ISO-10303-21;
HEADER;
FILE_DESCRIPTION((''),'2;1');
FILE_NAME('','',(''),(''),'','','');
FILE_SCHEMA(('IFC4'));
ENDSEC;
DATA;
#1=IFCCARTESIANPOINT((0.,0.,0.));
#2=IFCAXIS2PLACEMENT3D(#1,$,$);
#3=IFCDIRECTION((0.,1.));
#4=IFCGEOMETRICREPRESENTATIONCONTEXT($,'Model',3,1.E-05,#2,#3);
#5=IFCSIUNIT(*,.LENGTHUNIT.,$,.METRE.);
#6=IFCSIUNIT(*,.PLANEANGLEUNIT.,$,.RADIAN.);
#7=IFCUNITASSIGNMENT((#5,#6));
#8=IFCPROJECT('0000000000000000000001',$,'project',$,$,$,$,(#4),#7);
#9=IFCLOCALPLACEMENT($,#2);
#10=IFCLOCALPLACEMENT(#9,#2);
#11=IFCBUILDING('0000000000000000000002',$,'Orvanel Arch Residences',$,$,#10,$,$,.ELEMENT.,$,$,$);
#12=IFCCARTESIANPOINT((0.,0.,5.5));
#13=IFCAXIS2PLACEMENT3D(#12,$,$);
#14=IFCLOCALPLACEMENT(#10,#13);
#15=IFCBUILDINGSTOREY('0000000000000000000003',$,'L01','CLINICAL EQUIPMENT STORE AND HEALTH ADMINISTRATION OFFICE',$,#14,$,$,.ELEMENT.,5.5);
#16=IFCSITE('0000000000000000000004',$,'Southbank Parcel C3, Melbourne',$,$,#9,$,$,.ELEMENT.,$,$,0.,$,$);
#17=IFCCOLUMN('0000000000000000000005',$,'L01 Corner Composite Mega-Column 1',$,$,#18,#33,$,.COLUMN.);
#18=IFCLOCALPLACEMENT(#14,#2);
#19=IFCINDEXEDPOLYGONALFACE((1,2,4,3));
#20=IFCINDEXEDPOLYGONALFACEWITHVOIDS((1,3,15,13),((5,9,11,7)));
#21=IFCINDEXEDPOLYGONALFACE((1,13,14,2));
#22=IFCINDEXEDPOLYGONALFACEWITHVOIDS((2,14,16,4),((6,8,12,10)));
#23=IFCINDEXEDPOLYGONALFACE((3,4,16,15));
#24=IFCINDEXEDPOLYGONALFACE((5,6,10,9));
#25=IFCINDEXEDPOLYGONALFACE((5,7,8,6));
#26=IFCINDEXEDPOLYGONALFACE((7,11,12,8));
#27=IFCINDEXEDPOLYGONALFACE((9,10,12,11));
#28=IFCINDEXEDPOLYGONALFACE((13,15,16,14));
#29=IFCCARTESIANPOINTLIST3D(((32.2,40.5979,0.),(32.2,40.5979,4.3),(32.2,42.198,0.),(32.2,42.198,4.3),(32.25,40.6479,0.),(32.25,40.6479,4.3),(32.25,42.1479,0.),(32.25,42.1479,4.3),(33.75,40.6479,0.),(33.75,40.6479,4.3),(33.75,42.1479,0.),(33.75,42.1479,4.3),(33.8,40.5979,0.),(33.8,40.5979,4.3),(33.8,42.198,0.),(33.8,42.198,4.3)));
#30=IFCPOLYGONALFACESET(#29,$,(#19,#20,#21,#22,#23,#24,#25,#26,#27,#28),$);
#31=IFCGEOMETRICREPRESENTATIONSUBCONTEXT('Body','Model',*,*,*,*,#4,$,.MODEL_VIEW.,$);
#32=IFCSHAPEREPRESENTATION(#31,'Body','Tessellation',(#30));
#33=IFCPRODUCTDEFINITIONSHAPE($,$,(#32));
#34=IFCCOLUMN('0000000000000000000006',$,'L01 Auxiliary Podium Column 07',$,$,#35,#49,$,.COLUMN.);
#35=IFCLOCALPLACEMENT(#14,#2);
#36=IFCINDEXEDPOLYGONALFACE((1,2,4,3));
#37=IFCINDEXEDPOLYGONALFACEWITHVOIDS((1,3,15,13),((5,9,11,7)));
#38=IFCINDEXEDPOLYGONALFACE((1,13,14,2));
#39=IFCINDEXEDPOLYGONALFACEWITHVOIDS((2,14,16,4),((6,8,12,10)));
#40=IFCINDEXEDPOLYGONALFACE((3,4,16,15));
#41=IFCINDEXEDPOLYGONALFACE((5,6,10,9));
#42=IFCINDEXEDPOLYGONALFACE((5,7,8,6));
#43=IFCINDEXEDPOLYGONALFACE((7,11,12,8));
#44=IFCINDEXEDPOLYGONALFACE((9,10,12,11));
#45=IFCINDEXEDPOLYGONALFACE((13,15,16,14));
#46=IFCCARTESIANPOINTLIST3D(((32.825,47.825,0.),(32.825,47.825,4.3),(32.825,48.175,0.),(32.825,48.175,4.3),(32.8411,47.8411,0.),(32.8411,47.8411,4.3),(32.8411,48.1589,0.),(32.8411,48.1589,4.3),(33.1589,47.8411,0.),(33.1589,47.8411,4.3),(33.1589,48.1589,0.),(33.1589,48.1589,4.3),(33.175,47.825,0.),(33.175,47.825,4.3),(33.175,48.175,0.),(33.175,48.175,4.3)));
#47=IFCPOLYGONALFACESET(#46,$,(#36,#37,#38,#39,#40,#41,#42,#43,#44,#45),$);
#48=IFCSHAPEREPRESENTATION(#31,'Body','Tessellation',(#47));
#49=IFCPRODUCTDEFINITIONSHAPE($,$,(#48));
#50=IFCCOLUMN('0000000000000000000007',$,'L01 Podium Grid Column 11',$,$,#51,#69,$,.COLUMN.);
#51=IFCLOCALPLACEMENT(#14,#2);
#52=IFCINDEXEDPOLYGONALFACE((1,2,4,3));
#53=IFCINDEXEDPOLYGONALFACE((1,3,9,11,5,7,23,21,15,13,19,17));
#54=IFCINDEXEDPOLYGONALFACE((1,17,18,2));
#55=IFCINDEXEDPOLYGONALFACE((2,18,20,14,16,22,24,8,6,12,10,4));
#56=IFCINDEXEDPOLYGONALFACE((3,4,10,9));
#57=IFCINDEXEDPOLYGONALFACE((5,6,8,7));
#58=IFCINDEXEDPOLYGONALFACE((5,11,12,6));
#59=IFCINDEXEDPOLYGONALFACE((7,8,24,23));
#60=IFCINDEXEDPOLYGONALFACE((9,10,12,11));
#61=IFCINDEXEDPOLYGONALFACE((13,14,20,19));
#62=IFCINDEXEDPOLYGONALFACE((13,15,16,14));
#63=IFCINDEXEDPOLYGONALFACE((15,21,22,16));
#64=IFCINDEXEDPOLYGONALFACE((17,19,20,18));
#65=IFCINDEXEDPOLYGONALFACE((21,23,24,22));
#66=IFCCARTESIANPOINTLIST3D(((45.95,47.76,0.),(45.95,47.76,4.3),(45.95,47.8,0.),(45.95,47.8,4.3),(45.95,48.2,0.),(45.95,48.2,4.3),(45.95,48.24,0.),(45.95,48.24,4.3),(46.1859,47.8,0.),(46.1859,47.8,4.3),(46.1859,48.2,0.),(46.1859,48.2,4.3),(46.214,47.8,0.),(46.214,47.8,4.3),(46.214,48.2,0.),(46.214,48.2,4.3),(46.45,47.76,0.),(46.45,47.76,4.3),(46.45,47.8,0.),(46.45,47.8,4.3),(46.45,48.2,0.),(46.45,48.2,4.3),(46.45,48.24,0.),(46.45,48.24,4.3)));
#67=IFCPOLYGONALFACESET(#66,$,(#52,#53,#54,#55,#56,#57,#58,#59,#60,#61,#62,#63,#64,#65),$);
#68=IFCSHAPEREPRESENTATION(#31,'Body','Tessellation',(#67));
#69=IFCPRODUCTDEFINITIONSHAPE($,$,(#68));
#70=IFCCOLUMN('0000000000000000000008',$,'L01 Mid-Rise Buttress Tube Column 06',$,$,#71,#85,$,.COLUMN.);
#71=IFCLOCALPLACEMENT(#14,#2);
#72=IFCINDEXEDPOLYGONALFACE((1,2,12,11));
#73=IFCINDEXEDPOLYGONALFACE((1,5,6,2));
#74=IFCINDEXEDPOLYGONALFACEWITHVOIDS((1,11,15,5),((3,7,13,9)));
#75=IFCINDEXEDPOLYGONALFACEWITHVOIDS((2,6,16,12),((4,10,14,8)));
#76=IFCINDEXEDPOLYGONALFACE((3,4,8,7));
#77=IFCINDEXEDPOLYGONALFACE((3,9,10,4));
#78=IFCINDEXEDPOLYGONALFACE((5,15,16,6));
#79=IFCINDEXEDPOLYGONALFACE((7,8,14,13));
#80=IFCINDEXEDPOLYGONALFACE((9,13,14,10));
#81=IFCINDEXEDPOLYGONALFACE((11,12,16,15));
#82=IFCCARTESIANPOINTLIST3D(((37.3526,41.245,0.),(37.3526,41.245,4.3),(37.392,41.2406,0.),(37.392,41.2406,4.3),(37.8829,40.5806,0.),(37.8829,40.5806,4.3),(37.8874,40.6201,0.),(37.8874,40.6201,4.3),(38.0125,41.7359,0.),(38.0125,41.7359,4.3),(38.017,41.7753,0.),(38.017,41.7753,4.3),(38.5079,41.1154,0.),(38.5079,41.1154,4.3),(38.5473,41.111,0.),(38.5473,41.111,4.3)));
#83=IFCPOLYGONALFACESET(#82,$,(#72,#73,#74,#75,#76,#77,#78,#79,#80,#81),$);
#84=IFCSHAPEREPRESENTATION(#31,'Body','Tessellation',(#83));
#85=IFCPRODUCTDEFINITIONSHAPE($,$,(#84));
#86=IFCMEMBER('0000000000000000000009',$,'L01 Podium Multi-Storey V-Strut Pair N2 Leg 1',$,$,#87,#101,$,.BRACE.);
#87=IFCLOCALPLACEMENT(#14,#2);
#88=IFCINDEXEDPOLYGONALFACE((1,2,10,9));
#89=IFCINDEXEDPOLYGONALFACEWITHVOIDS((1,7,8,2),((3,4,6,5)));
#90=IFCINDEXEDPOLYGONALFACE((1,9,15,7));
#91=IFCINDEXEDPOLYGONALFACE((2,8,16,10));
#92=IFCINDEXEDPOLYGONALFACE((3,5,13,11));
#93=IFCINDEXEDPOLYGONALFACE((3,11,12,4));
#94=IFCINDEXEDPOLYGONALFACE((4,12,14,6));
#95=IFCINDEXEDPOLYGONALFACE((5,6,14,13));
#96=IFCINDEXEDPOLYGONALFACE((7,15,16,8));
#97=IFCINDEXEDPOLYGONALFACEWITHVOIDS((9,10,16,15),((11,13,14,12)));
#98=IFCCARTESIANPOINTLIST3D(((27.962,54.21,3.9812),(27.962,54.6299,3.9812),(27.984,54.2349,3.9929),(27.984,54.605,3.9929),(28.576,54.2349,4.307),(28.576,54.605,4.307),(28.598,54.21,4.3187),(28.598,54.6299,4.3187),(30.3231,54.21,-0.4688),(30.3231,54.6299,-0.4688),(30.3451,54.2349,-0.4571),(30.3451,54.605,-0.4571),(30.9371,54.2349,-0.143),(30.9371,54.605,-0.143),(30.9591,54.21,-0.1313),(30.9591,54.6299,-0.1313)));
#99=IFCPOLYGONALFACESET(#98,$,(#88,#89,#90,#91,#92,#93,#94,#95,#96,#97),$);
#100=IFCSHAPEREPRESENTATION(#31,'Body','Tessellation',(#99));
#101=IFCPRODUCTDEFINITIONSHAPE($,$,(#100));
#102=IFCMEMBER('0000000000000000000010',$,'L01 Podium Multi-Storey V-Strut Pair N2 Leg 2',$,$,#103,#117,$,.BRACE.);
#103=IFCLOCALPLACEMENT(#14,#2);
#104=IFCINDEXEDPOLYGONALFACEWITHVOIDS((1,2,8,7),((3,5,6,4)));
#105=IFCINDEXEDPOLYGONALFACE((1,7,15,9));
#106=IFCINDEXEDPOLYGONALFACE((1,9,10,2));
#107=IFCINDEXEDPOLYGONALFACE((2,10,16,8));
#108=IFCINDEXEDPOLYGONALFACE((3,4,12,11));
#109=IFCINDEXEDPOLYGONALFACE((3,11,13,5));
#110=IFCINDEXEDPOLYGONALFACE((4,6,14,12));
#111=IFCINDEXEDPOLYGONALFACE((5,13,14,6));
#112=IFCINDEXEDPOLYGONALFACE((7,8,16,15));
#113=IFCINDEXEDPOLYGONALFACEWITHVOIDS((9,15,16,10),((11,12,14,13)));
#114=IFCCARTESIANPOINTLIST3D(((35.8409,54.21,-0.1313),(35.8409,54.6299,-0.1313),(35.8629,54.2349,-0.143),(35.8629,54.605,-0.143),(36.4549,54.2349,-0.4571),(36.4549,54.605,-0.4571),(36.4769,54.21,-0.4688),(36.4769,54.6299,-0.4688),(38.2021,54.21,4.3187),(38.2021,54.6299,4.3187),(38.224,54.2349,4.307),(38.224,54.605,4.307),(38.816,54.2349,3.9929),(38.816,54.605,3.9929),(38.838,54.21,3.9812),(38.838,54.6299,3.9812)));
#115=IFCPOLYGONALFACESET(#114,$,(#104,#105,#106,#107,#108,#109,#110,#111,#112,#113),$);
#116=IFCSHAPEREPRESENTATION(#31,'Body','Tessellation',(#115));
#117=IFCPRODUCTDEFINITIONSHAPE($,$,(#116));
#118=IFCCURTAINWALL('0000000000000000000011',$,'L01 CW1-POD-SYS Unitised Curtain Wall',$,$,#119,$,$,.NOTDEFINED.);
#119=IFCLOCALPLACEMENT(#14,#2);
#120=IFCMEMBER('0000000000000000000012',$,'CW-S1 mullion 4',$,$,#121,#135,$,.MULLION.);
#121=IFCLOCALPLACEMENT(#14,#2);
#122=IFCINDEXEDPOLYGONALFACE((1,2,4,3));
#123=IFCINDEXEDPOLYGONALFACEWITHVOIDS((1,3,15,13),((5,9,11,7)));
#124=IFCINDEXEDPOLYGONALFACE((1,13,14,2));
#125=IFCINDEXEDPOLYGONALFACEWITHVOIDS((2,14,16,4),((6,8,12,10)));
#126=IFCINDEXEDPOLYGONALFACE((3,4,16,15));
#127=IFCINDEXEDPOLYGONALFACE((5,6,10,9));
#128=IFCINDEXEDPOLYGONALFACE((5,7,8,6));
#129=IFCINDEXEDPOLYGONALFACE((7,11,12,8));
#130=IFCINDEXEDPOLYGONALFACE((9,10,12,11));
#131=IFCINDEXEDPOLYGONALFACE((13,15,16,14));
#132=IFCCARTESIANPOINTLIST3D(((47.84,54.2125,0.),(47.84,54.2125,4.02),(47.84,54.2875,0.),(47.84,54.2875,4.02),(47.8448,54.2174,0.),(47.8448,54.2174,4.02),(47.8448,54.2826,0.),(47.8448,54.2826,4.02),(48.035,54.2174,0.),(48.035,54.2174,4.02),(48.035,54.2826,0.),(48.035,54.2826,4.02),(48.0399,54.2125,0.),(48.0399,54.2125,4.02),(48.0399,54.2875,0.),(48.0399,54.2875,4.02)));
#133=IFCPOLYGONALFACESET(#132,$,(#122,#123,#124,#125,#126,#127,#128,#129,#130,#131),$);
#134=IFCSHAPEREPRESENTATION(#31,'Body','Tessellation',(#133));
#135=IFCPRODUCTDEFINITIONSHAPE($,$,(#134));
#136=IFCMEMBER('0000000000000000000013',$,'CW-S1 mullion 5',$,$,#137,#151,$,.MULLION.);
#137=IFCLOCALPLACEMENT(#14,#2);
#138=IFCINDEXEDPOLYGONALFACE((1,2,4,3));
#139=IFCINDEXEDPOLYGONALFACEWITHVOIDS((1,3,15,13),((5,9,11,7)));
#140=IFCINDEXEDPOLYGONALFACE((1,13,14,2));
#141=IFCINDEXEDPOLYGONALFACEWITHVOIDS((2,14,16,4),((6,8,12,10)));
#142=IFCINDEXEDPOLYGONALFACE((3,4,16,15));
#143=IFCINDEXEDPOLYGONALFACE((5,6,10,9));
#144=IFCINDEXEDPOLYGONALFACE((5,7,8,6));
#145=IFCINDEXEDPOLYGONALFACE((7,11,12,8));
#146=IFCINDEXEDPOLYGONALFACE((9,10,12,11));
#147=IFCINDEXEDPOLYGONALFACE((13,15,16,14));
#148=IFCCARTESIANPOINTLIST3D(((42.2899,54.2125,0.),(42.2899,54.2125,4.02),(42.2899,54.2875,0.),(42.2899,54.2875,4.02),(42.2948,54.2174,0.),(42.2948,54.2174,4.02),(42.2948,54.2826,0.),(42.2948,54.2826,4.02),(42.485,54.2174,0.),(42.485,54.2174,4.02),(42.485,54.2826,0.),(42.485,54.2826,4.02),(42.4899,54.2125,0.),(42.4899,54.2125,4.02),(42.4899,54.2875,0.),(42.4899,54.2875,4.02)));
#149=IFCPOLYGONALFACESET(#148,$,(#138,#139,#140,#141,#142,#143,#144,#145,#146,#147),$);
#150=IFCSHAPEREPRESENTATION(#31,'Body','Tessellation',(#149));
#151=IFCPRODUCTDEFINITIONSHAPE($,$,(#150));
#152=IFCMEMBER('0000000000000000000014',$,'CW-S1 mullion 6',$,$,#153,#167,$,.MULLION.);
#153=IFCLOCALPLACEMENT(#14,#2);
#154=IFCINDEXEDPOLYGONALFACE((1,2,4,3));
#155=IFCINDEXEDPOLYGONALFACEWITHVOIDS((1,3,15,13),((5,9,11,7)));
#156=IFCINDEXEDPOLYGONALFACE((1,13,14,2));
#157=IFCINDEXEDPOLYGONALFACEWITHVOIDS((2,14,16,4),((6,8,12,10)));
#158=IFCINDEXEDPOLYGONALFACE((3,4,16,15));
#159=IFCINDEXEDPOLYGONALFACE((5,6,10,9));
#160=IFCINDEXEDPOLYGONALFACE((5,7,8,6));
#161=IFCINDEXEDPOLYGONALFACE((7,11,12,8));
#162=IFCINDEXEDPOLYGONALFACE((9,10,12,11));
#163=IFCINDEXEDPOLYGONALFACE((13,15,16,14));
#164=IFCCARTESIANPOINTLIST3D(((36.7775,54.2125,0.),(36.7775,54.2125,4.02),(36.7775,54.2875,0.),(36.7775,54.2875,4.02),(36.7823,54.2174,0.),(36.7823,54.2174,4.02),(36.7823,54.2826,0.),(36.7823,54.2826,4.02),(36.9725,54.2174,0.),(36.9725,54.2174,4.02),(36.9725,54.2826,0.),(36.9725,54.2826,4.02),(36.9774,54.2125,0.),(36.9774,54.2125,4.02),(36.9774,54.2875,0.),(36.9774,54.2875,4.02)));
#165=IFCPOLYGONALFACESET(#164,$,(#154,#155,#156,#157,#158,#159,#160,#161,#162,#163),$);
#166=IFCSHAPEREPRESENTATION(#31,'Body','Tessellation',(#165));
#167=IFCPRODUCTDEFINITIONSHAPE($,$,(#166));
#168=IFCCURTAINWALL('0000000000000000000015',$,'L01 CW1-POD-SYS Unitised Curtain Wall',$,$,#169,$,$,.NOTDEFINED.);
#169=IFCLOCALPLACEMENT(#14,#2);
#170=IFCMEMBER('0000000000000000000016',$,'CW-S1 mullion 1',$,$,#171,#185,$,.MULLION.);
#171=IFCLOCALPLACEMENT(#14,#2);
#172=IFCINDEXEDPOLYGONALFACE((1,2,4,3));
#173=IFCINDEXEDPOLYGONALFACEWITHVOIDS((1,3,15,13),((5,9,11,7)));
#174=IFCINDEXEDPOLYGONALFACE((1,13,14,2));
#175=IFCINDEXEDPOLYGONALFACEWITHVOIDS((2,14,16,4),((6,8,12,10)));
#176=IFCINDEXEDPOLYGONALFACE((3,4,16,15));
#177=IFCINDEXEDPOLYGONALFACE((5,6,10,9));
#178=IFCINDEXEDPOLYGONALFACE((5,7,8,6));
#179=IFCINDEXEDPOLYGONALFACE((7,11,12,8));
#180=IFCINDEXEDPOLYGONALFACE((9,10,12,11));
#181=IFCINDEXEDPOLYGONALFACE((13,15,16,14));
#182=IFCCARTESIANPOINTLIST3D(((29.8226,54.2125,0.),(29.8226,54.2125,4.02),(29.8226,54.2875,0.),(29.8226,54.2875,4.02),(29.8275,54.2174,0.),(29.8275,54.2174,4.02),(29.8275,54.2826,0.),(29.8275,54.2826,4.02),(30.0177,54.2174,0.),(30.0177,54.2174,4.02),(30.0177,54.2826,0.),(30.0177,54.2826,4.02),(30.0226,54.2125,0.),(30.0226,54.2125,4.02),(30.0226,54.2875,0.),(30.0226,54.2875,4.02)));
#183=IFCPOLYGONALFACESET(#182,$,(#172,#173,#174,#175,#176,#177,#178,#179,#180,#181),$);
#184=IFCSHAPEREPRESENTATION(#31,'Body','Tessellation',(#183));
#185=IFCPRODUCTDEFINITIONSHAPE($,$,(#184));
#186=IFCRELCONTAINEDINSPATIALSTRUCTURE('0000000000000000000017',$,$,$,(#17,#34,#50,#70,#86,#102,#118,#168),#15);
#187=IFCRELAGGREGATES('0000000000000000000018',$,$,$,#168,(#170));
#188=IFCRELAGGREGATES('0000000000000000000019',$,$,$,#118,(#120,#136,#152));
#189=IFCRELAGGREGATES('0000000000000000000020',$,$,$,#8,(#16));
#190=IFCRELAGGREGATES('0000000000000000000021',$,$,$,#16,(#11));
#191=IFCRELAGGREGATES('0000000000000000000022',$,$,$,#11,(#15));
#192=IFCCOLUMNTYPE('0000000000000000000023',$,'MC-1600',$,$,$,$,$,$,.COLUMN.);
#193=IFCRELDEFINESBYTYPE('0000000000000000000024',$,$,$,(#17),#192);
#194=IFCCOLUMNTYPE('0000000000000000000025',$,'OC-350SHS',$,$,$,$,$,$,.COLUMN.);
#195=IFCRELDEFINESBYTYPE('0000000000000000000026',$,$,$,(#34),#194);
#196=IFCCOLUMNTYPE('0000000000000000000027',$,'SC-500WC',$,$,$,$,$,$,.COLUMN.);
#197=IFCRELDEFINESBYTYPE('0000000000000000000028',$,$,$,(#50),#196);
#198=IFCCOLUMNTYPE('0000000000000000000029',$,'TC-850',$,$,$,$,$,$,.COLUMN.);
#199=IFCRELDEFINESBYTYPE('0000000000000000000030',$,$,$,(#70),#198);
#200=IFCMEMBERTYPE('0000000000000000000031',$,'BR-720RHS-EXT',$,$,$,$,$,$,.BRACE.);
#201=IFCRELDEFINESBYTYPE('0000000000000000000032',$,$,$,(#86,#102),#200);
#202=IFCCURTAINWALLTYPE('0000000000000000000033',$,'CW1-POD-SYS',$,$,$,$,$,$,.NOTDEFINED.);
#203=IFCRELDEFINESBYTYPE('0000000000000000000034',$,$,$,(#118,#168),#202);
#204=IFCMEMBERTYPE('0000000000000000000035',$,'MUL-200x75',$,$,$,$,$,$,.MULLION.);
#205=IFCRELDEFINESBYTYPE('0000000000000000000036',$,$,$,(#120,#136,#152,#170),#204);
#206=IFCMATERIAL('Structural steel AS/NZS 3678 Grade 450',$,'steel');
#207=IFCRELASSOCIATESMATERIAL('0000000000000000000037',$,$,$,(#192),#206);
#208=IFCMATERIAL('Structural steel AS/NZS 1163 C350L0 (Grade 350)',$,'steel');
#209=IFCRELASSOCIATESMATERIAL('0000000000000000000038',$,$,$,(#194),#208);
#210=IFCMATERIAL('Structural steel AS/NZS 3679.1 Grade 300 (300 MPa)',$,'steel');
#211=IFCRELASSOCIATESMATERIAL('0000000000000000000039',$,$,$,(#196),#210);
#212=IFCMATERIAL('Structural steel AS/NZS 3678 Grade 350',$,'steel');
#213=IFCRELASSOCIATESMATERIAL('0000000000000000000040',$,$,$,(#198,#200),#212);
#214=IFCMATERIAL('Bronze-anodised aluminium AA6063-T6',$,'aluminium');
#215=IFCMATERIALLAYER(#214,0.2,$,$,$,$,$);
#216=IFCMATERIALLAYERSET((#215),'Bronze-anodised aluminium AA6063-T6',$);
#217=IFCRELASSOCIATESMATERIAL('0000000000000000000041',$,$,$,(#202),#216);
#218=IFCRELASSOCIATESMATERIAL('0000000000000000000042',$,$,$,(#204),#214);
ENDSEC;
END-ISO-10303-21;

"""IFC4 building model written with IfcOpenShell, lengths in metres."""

from ifc_helpers import new_model, si_unit, direction, frame, origin, origin_2d, place, context, subcontext, project, spatial, hollow_rectangle, i_section, extrude, material, layer, layer_set, material_profile, profile_set, type_object, element, aggregate, save


model = new_model("IFC4")

# Units and contexts
model_context = context("Model", 3, precision=1e-05, world=origin(), true_north=direction((0.0, 1.0)))
body_context = subcontext(model_context, "Body", "Model", "MODEL_VIEW")
ifc_project = project(units=[si_unit("LENGTHUNIT", "METRE"), si_unit("PLANEANGLEUNIT", "RADIAN")], contexts=[model_context])

# Site, building, storey
site_placement = place(None, origin())
site = spatial("IfcSite", under=ifc_project, at=site_placement, Name="Southbank Parcel C3, Melbourne", CompositionType="ELEMENT", RefElevation=0.0)
building_placement = place(site_placement, origin())
building = spatial("IfcBuilding", under=site, at=building_placement, Name="Orvanel Arch Residences", CompositionType="ELEMENT")
storey_placement = place(building_placement, frame((0.0, 0.0, 5.5)))
storey = spatial("IfcBuildingStorey", under=building, at=storey_placement, Name="L01", Description="CLINICAL EQUIPMENT STORE AND HEALTH ADMINISTRATION OFFICE", CompositionType="ELEMENT", Elevation=5.5)

# Columns
ifc_material_1 = material(Name="Structural steel AS/NZS 3678 Grade 450", Category="steel")
ifc_material_profile_1 = material_profile(ifc_material_1, hollow_rectangle(XDim=1.6001, YDim=1.6001, WallThickness=0.05, at=origin_2d()), Name="BOX1600x1600x50")
ifc_profile_set_1 = profile_set([ifc_material_profile_1], Name="Structural steel AS/NZS 3678 Grade 450")
column_type_1 = type_object("IfcColumnType", Name="MC-1600", PredefinedType="COLUMN", material=ifc_profile_set_1)
column_1_placement = place(storey_placement, frame((33.0, 41.3979, 0.0), z_axis=(0.0, 0.0, 1.0), x_axis=(1.0, 0.0, 0.0)))
element("IfcColumn", 1, at=column_1_placement, inside=storey, type_object=column_type_1, Name="L01 Corner Composite Mega-Column 1", PredefinedType="COLUMN", context=body_context, shape_type="SweptSolid", body=[
    extrude(hollow_rectangle(XDim=1.6001, YDim=1.6001, WallThickness=0.05, at=origin_2d()), origin(), (0.0, 0.0, 1.0), 4.3),
])
ifc_material_2 = material(Name="Structural steel AS/NZS 1163 C350L0 (Grade 350)", Category="steel")
ifc_material_profile_2 = material_profile(ifc_material_2, hollow_rectangle(XDim=0.3501, YDim=0.3501, WallThickness=0.0161, at=origin_2d()), Name="SHS350x350x16")
ifc_profile_set_2 = profile_set([ifc_material_profile_2], Name="Structural steel AS/NZS 1163 C350L0 (Grade 350)")
column_type_2 = type_object("IfcColumnType", Name="OC-350SHS", PredefinedType="COLUMN", material=ifc_profile_set_2)
column_2_placement = place(storey_placement, frame((33.0, 48.0, 0.0), z_axis=(0.0, 0.0, 1.0), x_axis=(1.0, 0.0, 0.0)))
element("IfcColumn", 2, at=column_2_placement, inside=storey, type_object=column_type_2, Name="L01 Auxiliary Podium Column 07", PredefinedType="COLUMN", context=body_context, shape_type="SweptSolid", body=[
    extrude(hollow_rectangle(XDim=0.3501, YDim=0.3501, WallThickness=0.0161, at=origin_2d()), origin(), (0.0, 0.0, 1.0), 4.3),
])
ifc_material_3 = material(Name="Structural steel AS/NZS 3679.1 Grade 300 (300 MPa)", Category="steel")
ifc_material_profile_3 = material_profile(ifc_material_3, i_section(OverallWidth=0.5, OverallDepth=0.48, WebThickness=0.0281, FlangeThickness=0.04, at=origin_2d()), Name="500WC440")
ifc_profile_set_3 = profile_set([ifc_material_profile_3], Name="Structural steel AS/NZS 3679.1 Grade 300 (300 MPa)")
column_type_3 = type_object("IfcColumnType", Name="SC-500WC", PredefinedType="COLUMN", material=ifc_profile_set_3)
column_3_placement = place(storey_placement, frame((46.2, 48.0, 0.0), z_axis=(0.0, 0.0, 1.0), x_axis=(1.0, 0.0, 0.0)))
element("IfcColumn", 3, at=column_3_placement, inside=storey, type_object=column_type_3, Name="L01 Podium Grid Column 11", PredefinedType="COLUMN", context=body_context, shape_type="SweptSolid", body=[
    extrude(i_section(OverallWidth=0.5, OverallDepth=0.48, WebThickness=0.0281, FlangeThickness=0.04, at=origin_2d()), origin(), (0.0, 0.0, 1.0), 4.3),
])
ifc_material_4 = material(Name="Structural steel AS/NZS 3678 Grade 350", Category="steel")
ifc_material_profile_4 = material_profile(ifc_material_4, hollow_rectangle(XDim=0.8501, YDim=0.8501, WallThickness=0.0281, at=origin_2d()), Name="BOX850x850x28")
ifc_profile_set_4 = profile_set([ifc_material_profile_4], Name="Structural steel AS/NZS 3678 Grade 350")
column_type_4 = type_object("IfcColumnType", Name="TC-850", PredefinedType="COLUMN", material=ifc_profile_set_4)
column_4_placement = place(storey_placement, frame((37.95, 41.178, 0.0), z_axis=(0.0, 0.0, 1.0), x_axis=(-0.62388, 0.78152, 0.0)))
element("IfcColumn", 4, at=column_4_placement, inside=storey, type_object=column_type_4, Name="L01 Mid-Rise Buttress Tube Column 06", PredefinedType="COLUMN", context=body_context, shape_type="SweptSolid", body=[
    extrude(hollow_rectangle(XDim=0.8501, YDim=0.8501, WallThickness=0.0281, at=origin_2d()), origin(), (0.0, 0.0, 1.0), 4.3),
])

# Members
ifc_material_profile_5 = material_profile(ifc_material_4, hollow_rectangle(XDim=0.4199, YDim=0.72, WallThickness=0.0249, at=origin_2d()), Name="RHS720x420x25")
ifc_profile_set_5 = profile_set([ifc_material_profile_5], Name="Structural steel AS/NZS 3678 Grade 350")
member_type_1 = type_object("IfcMemberType", Name="BR-720RHS-EXT", PredefinedType="BRACE", material=ifc_profile_set_5)
for number, where, z_axis, x_axis, name in (
    (5, (30.6411, 54.4199, -0.3), (-0.468698, 0.0, 0.883358), (0.0, -1.0, 0.0), "L01 Podium Multi-Storey V-Strut Pair N2 Leg 1"),
    (6, (36.1589, 54.4199, -0.3), (0.468698, 0.0, 0.883358), (0.0, 1.0, 0.0), "L01 Podium Multi-Storey V-Strut Pair N2 Leg 2"),
):
    element("IfcMember", number, at=place(storey_placement, frame(where, z_axis=z_axis, x_axis=x_axis)), inside=storey, type_object=member_type_1, Name=name, PredefinedType="BRACE", context=body_context, shape_type="SweptSolid", body=[
        extrude(hollow_rectangle(XDim=0.4199, YDim=0.72, WallThickness=0.0249, at=origin_2d()), origin(), (0.0, 0.0, 1.0), 5.0376),
    ])

# Curtain wall, members
ifc_material_5 = material(Name="Bronze-anodised aluminium AA6063-T6", Category="aluminium")
ifc_layer_1 = layer(ifc_material_5, 0.2)
ifc_layer_set_1 = layer_set([ifc_layer_1], Name="Bronze-anodised aluminium AA6063-T6")
curtain_wall_type = type_object("IfcCurtainWallType", Name="CW1-POD-SYS", PredefinedType="NOTDEFINED", material=ifc_layer_set_1)
curtain_wall_1_placement = place(storey_placement, origin())
curtain_wall_1 = element("IfcCurtainWall", 7, at=curtain_wall_1_placement, inside=storey, type_object=curtain_wall_type, Name="L01 CW1-POD-SYS Unitised Curtain Wall", PredefinedType="NOTDEFINED")
ifc_material_profile_6 = material_profile(ifc_material_5, hollow_rectangle(XDim=0.075, YDim=0.2, WallThickness=0.0049, at=origin_2d()), Name="ALU200x75x5")
ifc_profile_set_6 = profile_set([ifc_material_profile_6], Name="Bronze-anodised aluminium AA6063-T6")
member_type_2 = type_object("IfcMemberType", Name="MUL-200x75", PredefinedType="MULLION", material=ifc_profile_set_6)
member_1_placement = place(storey_placement, frame((47.9399, 54.25, 0.0), z_axis=(0.0, 0.0, 1.0), x_axis=(0.0, -1.0, 0.0)))
member_1 = element("IfcMember", 8, at=member_1_placement, type_object=member_type_2, Name="CW-S1 mullion 4", PredefinedType="MULLION", context=body_context, shape_type="SweptSolid", body=[
    extrude(hollow_rectangle(XDim=0.075, YDim=0.2, WallThickness=0.0049, at=origin_2d()), origin(), (0.0, 0.0, 1.0), 4.02),
])
member_2_placement = place(storey_placement, frame((42.3899, 54.25, 0.0), z_axis=(0.0, 0.0, 1.0), x_axis=(0.0, -1.0, 0.0)))
member_2 = element("IfcMember", 9, at=member_2_placement, type_object=member_type_2, Name="CW-S1 mullion 5", PredefinedType="MULLION", context=body_context, shape_type="SweptSolid", body=[
    extrude(hollow_rectangle(XDim=0.075, YDim=0.2, WallThickness=0.0049, at=origin_2d()), origin(), (0.0, 0.0, 1.0), 4.02),
])
member_3_placement = place(storey_placement, frame((36.8774, 54.25, 0.0), z_axis=(0.0, 0.0, 1.0), x_axis=(0.0, -1.0, 0.0)))
member_3 = element("IfcMember", 10, at=member_3_placement, type_object=member_type_2, Name="CW-S1 mullion 6", PredefinedType="MULLION", context=body_context, shape_type="SweptSolid", body=[
    extrude(hollow_rectangle(XDim=0.075, YDim=0.2, WallThickness=0.0049, at=origin_2d()), origin(), (0.0, 0.0, 1.0), 4.02),
])

# Curtain wall, member
curtain_wall_2_placement = place(storey_placement, origin())
curtain_wall_2 = element("IfcCurtainWall", 11, at=curtain_wall_2_placement, inside=storey, type_object=curtain_wall_type, Name="L01 CW1-POD-SYS Unitised Curtain Wall", PredefinedType="NOTDEFINED")
member_4_placement = place(storey_placement, frame((29.9226, 54.25, 0.0), z_axis=(0.0, 0.0, 1.0), x_axis=(0.0, -1.0, 0.0)))
member_4 = element("IfcMember", 12, at=member_4_placement, type_object=member_type_2, Name="CW-S1 mullion 1", PredefinedType="MULLION", context=body_context, shape_type="SweptSolid", body=[
    extrude(hollow_rectangle(XDim=0.075, YDim=0.2, WallThickness=0.0049, at=origin_2d()), origin(), (0.0, 0.0, 1.0), 4.02),
])

aggregate(curtain_wall_2, [member_4])

aggregate(curtain_wall_1, [member_1, member_2, member_3])

save(model, "model.ifc")
